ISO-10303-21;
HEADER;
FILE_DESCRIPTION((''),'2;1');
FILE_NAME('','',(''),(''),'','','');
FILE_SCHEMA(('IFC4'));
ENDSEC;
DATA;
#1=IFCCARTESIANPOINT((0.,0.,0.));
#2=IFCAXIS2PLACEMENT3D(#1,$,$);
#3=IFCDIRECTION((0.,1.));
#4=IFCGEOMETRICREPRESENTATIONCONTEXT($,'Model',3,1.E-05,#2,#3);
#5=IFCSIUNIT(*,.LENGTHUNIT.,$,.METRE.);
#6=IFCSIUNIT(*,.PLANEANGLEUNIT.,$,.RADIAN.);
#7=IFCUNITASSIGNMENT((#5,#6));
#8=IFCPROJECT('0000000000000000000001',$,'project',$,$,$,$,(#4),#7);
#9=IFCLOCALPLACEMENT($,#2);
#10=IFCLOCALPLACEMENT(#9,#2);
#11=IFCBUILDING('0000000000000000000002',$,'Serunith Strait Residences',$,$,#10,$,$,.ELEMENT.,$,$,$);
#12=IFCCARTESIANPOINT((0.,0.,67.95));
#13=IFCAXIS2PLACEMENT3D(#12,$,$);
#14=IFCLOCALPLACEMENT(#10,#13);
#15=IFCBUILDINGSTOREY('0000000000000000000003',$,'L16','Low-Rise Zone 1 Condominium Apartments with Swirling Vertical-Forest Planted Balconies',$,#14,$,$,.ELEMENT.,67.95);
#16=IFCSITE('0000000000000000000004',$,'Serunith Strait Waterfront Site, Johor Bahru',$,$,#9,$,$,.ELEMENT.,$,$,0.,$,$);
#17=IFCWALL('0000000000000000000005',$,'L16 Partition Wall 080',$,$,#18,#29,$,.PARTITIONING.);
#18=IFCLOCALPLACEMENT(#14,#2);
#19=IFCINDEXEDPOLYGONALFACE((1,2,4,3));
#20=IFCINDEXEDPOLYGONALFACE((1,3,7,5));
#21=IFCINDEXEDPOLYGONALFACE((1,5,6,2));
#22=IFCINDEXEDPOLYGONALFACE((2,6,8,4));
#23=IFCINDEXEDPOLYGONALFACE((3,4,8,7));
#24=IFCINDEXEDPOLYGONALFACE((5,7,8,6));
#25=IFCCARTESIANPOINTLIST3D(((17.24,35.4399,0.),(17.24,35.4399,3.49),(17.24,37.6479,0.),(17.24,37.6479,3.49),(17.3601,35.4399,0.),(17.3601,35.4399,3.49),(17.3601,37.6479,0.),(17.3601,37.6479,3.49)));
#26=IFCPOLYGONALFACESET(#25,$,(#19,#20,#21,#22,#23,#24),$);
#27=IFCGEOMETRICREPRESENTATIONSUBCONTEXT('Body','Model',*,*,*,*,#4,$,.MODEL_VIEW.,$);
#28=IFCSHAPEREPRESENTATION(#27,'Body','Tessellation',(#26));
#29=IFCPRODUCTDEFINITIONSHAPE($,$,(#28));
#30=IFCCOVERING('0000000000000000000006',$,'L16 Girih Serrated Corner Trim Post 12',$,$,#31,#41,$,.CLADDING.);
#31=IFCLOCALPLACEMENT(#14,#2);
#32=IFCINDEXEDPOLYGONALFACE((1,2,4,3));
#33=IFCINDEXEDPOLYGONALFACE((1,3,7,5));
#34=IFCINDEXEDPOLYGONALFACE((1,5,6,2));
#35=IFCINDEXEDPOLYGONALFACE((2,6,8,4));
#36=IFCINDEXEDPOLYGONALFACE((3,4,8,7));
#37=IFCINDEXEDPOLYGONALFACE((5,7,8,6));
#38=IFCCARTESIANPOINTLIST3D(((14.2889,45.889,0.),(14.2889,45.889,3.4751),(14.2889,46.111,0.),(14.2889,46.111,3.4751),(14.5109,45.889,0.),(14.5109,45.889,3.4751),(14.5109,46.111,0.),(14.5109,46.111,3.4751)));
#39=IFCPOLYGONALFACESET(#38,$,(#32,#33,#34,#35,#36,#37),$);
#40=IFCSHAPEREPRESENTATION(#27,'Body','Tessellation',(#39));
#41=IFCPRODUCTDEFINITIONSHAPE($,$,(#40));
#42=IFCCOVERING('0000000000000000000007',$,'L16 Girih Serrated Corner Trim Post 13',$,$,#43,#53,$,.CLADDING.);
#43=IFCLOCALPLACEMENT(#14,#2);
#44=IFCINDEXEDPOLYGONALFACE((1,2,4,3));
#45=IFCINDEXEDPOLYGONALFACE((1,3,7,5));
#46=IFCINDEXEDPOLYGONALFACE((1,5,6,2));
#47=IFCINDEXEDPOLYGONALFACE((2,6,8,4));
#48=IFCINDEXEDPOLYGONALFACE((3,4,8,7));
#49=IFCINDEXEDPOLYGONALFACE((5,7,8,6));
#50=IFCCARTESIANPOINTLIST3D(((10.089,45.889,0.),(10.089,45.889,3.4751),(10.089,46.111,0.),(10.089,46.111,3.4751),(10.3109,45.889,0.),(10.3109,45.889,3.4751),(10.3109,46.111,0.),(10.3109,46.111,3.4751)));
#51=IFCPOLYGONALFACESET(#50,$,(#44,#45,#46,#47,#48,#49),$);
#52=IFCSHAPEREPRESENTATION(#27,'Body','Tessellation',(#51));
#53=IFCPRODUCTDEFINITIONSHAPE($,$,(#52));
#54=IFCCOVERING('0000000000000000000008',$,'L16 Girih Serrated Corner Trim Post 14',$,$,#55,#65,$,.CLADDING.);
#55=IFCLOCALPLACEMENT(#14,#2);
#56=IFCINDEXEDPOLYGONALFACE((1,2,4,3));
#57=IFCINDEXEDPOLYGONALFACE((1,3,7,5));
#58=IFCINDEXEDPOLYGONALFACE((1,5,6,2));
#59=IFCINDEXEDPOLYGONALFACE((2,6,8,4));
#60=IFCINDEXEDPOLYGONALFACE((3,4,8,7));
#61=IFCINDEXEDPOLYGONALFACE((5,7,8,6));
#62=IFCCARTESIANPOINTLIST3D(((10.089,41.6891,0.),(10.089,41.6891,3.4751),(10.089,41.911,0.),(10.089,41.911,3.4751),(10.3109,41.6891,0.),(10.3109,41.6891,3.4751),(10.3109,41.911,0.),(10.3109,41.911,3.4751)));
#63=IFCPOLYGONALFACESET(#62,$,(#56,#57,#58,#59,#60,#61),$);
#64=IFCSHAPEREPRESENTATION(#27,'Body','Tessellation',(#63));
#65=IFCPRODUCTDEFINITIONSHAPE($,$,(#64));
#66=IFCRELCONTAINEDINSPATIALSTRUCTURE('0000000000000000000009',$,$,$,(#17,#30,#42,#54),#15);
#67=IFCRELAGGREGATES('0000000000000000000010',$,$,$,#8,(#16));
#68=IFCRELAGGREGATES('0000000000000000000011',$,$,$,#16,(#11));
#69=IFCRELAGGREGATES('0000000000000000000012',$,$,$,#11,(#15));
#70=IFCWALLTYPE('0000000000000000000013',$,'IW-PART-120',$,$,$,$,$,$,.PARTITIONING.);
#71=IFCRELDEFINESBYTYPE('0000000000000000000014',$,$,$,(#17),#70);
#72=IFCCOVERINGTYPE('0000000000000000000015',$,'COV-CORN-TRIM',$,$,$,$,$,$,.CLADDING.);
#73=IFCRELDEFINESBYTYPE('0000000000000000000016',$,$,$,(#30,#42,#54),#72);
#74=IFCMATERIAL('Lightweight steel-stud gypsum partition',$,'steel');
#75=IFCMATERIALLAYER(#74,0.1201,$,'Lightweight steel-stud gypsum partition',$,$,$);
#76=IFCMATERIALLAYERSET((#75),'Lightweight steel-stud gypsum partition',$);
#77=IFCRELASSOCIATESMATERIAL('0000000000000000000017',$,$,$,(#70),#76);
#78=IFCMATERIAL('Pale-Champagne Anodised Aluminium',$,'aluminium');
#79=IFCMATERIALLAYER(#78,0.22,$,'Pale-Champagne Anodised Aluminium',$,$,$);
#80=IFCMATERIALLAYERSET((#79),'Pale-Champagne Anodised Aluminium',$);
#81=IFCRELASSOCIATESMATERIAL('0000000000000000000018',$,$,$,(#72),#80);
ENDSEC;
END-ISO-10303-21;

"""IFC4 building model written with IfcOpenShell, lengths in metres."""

from ifc_helpers import new_model, si_unit, direction, frame, frame_2d, origin, origin_2d, place, context, subcontext, project, spatial, rectangle, extrude, source, transform, mapped, material, layer, layer_set, type_object, element, save


model = new_model("IFC4")

# Units and contexts
model_context = context("Model", 3, precision=1e-05, world=origin(), true_north=direction((0.0, 1.0)))
body_context = subcontext(model_context, "Body", "Model", "MODEL_VIEW")
ifc_project = project(units=[si_unit("LENGTHUNIT", "METRE"), si_unit("PLANEANGLEUNIT", "RADIAN")], contexts=[model_context])

# Site, building, storey
site_placement = place(None, origin())
site = spatial("IfcSite", under=ifc_project, at=site_placement, Name="Serunith Strait Waterfront Site, Johor Bahru", CompositionType="ELEMENT", RefElevation=0.0)
building_placement = place(site_placement, origin())
building = spatial("IfcBuilding", under=site, at=building_placement, Name="Serunith Strait Residences", CompositionType="ELEMENT")
storey_placement = place(building_placement, frame((0.0, 0.0, 67.95)))
storey = spatial("IfcBuildingStorey", under=building, at=storey_placement, Name="L16", Description="Low-Rise Zone 1 Condominium Apartments with Swirling Vertical-Forest Planted Balconies", CompositionType="ELEMENT", Elevation=67.95)

# Shared definitions
ifc_material_1 = material(Name="Pale-Champagne Anodised Aluminium", Category="aluminium")

# Shared definitions
ifc_material_2 = material(Name="Lightweight steel-stud gypsum partition", Category="steel")
ifc_layer_1 = layer(ifc_material_2, 0.1201, Name="Lightweight steel-stud gypsum partition")
ifc_layer_set_1 = layer_set([ifc_layer_1], Name="Lightweight steel-stud gypsum partition")
wall_type_1 = type_object("IfcWallType", Name="IW-PART-120", PredefinedType="PARTITIONING", material=ifc_layer_set_1)

# Wall
wall_1_placement = place(storey_placement, frame((17.3, 37.6479, 0.0), z_axis=(0.0, 0.0, 1.0), x_axis=(0.0, -1.0, 0.0)))
element("IfcWall", 1, at=wall_1_placement, inside=storey, type_object=wall_type_1, Name="L16 Partition Wall 080", PredefinedType="PARTITIONING", context=body_context, shape_type="SweptSolid", body=[
    extrude(rectangle(XDim=2.208, YDim=0.1201, at=frame_2d((1.104, 0.0))), origin(), (0.0, 0.0, 1.0), 3.49),
])

# Coverings
ifc_layer_2 = layer(ifc_material_1, 0.22, Name="Pale-Champagne Anodised Aluminium")
ifc_layer_set_2 = layer_set([ifc_layer_2], Name="Pale-Champagne Anodised Aluminium")
covering_type = type_object("IfcCoveringType", Name="COV-CORN-TRIM", PredefinedType="CLADDING", material=ifc_layer_set_2)
shared_shape_1 = source(origin(), body_context, "Body", "SweptSolid", [
    extrude(rectangle(XDim=0.2219, YDim=0.2219, at=origin_2d()), origin(), (0.0, 0.0, 1.0), 3.4751),
])
for number, where, z_axis, x_axis, name in (
    (2, (14.3999, 46.0, 0.0), (0.0, 0.0, 1.0), (1.0, 0.0, 0.0), "L16 Girih Serrated Corner Trim Post 12"),
    (3, (10.2, 46.0, 0.0), (0.0, 0.0, 1.0), (1.0, 0.0, 0.0), "L16 Girih Serrated Corner Trim Post 13"),
    (4, (10.2, 41.8, 0.0), (0.0, 0.0, 1.0), (1.0, 0.0, 0.0), "L16 Girih Serrated Corner Trim Post 14"),
):
    element("IfcCovering", number, at=place(storey_placement, frame(where, z_axis=z_axis, x_axis=x_axis)), inside=storey, type_object=covering_type, Name=name, PredefinedType="CLADDING", context=body_context, shape_type="MappedRepresentation", body=[
        mapped(shared_shape_1, transform((0.0, 0.0, 0.0), scale=1.0)),
    ])

save(model, "model.ifc")
